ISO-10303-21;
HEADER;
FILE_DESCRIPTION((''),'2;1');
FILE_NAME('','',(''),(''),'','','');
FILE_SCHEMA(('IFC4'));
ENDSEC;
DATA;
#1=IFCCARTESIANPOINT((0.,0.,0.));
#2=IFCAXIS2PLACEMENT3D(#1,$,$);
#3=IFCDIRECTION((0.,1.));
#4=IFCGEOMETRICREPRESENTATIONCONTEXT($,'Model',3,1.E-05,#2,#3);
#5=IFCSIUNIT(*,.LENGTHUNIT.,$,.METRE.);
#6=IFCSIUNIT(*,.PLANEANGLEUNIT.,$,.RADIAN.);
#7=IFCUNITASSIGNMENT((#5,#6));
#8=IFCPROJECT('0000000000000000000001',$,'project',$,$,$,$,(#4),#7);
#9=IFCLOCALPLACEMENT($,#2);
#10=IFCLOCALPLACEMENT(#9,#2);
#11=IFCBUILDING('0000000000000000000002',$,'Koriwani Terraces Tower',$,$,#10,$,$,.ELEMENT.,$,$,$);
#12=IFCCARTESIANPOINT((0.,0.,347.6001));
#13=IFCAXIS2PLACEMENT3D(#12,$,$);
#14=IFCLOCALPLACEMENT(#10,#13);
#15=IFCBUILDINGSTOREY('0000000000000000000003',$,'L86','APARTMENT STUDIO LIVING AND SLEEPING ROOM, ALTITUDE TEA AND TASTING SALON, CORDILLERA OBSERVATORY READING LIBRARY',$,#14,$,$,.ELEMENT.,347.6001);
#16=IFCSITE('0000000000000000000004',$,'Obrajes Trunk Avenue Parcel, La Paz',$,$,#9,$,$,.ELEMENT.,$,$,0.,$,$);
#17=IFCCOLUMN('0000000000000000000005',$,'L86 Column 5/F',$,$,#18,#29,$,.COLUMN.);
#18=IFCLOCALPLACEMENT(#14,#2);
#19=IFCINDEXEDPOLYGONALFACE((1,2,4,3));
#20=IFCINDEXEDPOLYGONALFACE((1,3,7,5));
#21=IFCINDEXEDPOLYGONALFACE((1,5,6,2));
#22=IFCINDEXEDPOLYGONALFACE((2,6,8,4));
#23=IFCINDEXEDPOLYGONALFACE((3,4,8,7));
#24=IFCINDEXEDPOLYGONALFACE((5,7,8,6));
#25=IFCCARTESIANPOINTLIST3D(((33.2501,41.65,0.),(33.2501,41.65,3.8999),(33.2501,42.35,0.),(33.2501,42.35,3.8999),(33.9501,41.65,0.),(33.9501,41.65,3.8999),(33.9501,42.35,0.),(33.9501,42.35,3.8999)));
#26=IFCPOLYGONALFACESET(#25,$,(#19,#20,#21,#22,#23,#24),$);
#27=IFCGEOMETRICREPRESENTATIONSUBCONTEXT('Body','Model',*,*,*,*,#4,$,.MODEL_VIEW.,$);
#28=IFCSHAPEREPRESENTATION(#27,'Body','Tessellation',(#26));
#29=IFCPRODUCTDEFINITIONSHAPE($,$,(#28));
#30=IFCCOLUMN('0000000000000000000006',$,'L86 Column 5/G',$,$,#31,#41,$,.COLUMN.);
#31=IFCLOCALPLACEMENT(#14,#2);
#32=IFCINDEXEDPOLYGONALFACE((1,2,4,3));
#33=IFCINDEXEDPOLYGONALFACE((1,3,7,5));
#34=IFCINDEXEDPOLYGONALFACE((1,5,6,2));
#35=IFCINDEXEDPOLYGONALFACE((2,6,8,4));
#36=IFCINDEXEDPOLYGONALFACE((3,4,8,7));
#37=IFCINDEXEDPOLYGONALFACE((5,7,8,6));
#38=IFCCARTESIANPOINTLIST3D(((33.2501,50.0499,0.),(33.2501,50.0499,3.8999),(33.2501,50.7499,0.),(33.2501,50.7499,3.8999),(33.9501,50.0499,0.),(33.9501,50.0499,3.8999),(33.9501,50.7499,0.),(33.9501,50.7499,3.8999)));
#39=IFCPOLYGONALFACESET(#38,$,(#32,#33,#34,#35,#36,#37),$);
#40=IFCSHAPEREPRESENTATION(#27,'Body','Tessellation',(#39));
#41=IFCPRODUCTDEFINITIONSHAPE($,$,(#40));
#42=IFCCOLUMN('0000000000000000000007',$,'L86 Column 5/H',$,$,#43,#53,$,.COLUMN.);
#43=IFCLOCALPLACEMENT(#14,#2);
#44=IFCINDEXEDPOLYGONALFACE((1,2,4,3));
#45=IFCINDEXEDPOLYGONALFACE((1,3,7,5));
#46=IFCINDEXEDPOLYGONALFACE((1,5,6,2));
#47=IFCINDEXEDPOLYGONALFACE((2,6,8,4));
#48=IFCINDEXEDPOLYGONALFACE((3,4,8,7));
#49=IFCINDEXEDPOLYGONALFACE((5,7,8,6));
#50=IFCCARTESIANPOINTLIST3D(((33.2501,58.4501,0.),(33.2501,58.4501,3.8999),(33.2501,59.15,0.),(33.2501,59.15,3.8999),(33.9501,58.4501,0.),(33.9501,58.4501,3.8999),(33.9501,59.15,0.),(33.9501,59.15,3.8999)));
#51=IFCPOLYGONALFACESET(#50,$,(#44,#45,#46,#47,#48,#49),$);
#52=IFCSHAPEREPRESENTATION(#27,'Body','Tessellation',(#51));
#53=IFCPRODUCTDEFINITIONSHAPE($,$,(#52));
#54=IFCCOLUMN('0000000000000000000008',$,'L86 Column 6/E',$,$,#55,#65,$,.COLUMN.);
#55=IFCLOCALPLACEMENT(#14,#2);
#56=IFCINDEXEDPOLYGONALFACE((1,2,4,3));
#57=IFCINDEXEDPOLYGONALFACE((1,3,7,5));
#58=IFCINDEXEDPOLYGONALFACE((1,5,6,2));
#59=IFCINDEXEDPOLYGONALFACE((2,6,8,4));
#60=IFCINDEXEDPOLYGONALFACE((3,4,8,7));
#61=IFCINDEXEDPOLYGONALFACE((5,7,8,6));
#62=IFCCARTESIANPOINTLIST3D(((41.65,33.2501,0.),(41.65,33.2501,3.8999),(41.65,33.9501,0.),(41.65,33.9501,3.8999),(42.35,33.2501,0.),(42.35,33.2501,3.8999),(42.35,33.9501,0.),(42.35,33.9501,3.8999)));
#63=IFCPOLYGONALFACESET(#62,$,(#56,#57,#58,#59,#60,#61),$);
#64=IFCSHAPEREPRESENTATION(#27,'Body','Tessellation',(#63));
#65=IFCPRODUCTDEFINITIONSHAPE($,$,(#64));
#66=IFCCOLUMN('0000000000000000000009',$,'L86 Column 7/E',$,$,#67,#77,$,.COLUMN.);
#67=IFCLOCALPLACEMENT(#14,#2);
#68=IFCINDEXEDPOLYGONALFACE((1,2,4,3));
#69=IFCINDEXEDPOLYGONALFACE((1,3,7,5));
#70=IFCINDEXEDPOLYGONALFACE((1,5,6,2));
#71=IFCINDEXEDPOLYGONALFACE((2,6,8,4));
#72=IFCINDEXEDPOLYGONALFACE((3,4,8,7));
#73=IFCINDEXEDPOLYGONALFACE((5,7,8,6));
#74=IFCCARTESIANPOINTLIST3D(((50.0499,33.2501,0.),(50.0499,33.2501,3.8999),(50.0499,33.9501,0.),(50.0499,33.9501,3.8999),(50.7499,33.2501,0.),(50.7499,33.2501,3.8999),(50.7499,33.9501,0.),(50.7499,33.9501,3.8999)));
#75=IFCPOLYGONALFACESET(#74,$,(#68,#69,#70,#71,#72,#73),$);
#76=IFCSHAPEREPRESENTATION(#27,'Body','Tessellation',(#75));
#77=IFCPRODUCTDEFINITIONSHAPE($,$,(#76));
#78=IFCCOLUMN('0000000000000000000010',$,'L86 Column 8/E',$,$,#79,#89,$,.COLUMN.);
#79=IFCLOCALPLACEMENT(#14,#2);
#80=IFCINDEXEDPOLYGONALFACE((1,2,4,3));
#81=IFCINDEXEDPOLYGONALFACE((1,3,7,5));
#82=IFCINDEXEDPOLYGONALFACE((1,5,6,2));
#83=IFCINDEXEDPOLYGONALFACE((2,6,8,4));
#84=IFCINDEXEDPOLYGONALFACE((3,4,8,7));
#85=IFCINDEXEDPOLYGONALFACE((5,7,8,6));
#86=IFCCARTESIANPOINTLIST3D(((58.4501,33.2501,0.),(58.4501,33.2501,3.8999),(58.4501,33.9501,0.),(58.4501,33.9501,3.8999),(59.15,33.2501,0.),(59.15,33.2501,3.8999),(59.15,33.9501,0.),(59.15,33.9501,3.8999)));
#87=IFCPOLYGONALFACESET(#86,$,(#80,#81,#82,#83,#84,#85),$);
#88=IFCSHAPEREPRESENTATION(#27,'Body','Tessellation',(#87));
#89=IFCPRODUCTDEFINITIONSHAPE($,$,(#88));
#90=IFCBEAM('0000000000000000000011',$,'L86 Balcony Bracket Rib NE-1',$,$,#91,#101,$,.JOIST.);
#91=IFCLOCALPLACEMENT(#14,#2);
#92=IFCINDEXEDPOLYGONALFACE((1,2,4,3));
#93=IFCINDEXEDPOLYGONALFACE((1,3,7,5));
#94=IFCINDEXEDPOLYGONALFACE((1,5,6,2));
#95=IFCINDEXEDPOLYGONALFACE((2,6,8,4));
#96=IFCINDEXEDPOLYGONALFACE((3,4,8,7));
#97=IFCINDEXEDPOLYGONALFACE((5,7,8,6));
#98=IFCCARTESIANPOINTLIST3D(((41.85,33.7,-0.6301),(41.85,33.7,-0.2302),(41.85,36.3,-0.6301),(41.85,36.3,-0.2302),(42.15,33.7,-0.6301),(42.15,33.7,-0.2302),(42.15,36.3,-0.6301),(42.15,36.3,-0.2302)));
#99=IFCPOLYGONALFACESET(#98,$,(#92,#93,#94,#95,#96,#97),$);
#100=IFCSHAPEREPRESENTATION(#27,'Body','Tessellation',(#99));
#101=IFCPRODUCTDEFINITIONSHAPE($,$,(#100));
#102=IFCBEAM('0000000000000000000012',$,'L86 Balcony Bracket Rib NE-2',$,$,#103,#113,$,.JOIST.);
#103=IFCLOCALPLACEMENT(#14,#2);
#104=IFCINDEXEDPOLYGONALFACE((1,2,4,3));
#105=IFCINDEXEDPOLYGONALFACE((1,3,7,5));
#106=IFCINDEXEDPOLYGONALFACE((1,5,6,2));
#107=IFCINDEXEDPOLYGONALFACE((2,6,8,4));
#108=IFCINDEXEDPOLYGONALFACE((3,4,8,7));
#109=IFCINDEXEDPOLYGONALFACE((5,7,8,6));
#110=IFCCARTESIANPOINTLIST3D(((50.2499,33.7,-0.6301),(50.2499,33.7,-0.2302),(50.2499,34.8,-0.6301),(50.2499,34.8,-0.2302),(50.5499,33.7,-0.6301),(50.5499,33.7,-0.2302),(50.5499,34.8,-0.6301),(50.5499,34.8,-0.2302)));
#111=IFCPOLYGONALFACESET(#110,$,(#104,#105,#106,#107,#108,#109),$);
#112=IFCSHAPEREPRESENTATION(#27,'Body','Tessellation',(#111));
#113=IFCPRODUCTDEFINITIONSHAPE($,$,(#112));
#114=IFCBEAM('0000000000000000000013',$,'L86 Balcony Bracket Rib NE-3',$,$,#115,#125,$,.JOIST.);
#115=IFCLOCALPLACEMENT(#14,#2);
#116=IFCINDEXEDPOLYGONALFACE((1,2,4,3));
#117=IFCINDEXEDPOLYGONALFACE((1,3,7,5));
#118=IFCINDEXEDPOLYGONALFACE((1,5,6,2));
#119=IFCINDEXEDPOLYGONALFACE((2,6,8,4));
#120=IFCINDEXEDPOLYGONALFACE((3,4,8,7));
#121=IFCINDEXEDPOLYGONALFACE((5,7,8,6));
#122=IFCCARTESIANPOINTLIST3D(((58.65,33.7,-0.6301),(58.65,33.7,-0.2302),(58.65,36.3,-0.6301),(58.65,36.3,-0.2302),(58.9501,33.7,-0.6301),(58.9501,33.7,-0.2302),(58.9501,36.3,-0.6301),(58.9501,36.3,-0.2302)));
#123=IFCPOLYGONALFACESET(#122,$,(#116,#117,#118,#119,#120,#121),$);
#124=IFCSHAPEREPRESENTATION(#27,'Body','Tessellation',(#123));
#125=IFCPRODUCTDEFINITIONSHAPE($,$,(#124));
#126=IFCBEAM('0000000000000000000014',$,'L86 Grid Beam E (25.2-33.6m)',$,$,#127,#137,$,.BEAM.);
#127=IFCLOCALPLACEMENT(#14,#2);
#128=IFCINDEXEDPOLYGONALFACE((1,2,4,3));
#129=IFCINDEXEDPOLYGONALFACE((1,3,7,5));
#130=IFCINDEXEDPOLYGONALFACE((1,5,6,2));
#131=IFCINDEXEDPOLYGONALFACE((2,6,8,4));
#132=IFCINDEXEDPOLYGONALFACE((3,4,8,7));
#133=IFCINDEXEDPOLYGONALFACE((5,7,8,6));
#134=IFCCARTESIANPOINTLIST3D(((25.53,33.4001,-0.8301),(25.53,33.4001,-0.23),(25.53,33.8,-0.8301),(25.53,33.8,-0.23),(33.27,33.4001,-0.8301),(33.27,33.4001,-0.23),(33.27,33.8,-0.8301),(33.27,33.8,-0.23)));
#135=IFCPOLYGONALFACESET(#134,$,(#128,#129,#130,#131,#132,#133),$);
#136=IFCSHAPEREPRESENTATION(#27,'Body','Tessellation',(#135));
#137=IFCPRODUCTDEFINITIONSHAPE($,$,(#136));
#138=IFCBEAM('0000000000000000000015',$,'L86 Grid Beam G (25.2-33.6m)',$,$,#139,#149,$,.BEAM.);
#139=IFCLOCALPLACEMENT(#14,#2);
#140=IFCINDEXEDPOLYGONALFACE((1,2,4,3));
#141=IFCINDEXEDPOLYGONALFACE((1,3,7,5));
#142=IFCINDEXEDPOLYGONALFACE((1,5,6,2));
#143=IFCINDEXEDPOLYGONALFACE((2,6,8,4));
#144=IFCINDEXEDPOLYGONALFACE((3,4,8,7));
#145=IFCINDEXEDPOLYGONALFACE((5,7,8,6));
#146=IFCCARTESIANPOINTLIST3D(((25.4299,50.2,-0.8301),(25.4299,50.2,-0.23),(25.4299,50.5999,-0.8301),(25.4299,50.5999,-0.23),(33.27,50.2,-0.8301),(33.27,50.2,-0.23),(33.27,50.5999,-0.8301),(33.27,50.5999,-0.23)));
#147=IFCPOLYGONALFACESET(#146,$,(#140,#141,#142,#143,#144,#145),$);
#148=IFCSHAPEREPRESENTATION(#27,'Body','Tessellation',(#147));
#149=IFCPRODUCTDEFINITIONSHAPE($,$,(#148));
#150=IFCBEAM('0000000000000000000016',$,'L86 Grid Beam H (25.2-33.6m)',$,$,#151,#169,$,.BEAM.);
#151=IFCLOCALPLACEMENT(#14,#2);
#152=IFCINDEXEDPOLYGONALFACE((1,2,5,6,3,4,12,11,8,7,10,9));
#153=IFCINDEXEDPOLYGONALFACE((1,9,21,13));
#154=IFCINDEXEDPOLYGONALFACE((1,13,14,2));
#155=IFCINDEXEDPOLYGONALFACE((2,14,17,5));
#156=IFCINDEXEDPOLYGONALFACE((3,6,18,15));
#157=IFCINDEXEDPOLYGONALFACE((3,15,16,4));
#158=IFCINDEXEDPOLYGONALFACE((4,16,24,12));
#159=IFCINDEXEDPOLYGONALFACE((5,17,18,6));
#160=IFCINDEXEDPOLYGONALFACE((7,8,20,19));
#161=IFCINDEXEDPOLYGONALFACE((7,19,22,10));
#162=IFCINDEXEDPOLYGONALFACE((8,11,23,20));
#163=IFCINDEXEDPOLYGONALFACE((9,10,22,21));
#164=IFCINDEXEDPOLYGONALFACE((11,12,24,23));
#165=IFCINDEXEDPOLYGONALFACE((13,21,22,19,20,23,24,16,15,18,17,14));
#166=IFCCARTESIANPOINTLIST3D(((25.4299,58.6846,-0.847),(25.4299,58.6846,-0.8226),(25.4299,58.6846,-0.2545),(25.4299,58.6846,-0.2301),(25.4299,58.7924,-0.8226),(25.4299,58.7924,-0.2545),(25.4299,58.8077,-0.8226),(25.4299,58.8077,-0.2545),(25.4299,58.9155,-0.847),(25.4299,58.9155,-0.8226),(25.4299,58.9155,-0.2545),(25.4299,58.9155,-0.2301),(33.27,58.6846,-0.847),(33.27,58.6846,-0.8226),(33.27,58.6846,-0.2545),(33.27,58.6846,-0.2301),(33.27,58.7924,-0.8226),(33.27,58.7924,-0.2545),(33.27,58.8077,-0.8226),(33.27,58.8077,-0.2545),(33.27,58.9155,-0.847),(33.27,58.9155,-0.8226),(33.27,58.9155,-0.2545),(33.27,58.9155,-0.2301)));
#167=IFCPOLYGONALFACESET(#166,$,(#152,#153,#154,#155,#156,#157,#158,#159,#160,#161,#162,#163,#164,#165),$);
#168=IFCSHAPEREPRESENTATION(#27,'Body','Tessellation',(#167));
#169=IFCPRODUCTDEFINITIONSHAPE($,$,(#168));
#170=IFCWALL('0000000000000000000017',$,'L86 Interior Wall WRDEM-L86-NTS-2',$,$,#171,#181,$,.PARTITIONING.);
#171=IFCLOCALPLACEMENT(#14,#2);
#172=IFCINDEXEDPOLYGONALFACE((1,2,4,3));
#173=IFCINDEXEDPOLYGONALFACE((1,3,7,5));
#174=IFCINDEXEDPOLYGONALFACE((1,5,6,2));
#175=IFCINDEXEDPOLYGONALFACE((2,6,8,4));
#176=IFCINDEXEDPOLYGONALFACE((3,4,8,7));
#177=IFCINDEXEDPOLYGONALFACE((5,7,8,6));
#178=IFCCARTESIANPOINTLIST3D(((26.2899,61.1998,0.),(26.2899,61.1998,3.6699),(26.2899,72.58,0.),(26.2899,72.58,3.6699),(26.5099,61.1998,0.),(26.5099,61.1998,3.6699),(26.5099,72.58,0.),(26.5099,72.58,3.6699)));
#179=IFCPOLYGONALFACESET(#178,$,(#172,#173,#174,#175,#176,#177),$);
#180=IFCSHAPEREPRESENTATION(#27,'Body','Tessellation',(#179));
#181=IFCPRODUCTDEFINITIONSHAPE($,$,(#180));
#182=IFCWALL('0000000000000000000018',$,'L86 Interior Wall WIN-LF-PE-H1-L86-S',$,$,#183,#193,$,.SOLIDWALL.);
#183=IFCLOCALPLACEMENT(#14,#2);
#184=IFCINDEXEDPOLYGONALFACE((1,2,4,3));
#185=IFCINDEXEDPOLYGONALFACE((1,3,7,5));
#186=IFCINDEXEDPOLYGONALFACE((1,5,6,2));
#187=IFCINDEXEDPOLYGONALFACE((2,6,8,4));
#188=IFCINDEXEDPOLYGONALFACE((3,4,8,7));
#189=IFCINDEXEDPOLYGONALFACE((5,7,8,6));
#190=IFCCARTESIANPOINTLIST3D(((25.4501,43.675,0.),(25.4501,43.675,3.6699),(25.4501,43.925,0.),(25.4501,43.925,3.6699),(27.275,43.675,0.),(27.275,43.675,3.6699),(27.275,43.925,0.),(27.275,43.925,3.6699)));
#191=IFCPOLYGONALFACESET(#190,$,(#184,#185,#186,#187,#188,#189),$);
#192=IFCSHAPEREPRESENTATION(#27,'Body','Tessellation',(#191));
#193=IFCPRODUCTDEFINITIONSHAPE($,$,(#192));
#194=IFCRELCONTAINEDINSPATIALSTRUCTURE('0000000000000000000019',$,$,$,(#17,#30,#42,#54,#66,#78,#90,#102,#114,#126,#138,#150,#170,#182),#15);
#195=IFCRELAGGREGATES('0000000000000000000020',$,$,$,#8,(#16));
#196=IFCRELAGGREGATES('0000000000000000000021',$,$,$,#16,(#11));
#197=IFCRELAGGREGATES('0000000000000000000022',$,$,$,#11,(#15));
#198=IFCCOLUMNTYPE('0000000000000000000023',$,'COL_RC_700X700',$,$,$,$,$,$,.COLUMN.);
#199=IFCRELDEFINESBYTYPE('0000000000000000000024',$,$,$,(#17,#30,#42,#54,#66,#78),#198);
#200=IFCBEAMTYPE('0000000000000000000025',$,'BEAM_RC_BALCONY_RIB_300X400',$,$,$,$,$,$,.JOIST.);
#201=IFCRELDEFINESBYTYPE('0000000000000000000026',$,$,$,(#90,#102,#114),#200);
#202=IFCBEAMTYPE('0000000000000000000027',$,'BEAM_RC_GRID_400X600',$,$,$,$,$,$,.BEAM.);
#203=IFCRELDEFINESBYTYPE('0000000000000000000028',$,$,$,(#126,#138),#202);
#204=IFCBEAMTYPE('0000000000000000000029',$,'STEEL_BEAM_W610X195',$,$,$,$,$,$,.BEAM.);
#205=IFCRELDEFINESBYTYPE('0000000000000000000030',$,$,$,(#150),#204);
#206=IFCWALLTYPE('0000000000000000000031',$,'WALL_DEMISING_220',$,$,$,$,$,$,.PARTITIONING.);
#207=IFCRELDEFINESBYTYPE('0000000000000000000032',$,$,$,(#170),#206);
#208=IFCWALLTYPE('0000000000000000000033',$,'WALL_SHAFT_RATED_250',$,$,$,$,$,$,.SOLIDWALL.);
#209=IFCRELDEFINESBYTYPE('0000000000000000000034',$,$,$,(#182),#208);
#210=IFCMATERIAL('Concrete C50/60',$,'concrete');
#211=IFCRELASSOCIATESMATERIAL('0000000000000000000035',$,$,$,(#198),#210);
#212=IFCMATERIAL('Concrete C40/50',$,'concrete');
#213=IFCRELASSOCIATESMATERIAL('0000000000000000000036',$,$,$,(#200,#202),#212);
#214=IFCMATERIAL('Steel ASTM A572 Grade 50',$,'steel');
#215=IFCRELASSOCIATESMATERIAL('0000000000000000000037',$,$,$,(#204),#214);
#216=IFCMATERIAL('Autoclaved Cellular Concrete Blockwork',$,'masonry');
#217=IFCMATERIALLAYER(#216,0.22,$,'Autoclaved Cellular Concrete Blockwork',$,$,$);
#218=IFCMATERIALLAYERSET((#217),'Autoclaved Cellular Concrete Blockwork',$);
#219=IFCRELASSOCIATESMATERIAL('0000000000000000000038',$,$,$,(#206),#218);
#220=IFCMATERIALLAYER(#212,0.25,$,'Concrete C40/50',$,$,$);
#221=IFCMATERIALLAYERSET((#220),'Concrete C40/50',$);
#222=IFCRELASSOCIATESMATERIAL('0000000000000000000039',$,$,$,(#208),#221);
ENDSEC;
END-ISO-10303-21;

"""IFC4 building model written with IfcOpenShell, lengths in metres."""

from ifc_helpers import new_model, si_unit, direction, frame, frame_2d, origin, origin_2d, place, context, subcontext, project, spatial, rectangle, i_section, extrude, material, layer, layer_set, material_profile, profile_set, type_object, element, save


model = new_model("IFC4")

# Units and contexts
model_context = context("Model", 3, precision=1e-05, world=origin(), true_north=direction((0.0, 1.0)))
body_context = subcontext(model_context, "Body", "Model", "MODEL_VIEW")
ifc_project = project(units=[si_unit("LENGTHUNIT", "METRE"), si_unit("PLANEANGLEUNIT", "RADIAN")], contexts=[model_context])

# Site, building, storey
site_placement = place(None, origin())
site = spatial("IfcSite", under=ifc_project, at=site_placement, Name="Obrajes Trunk Avenue Parcel, La Paz", CompositionType="ELEMENT", RefElevation=0.0)
building_placement = place(site_placement, origin())
building = spatial("IfcBuilding", under=site, at=building_placement, Name="Koriwani Terraces Tower", CompositionType="ELEMENT")
storey_placement = place(building_placement, frame((0.0, 0.0, 347.6001)))
storey = spatial("IfcBuildingStorey", under=building, at=storey_placement, Name="L86", Description="APARTMENT STUDIO LIVING AND SLEEPING ROOM, ALTITUDE TEA AND TASTING SALON, CORDILLERA OBSERVATORY READING LIBRARY", CompositionType="ELEMENT", Elevation=347.6001)

# Columns
ifc_material_1 = material(Name="Concrete C50/60", Category="concrete")
ifc_material_profile_1 = material_profile(ifc_material_1, rectangle(XDim=0.7, YDim=0.7, at=origin_2d()), Name="Concrete C50/60", Category="LoadBearing")
ifc_profile_set_1 = profile_set([ifc_material_profile_1], Name="Concrete C50/60")
column_type = type_object("IfcColumnType", Name="COL_RC_700X700", PredefinedType="COLUMN", material=ifc_profile_set_1)
for number, where, z_axis, x_axis, name in (
    (1, (33.6001, 42.0, 0.0), (0.0, 0.0, 1.0), (1.0, 0.0, 0.0), "L86 Column 5/F"),
    (2, (33.6001, 50.3999, 0.0), (0.0, 0.0, 1.0), (1.0, 0.0, 0.0), "L86 Column 5/G"),
    (3, (33.6001, 58.8, 0.0), (0.0, 0.0, 1.0), (1.0, 0.0, 0.0), "L86 Column 5/H"),
    (4, (42.0, 33.6001, 0.0), (0.0, 0.0, 1.0), (1.0, 0.0, 0.0), "L86 Column 6/E"),
    (5, (50.3999, 33.6001, 0.0), (0.0, 0.0, 1.0), (1.0, 0.0, 0.0), "L86 Column 7/E"),
    (6, (58.8, 33.6001, 0.0), (0.0, 0.0, 1.0), (1.0, 0.0, 0.0), "L86 Column 8/E"),
):
    element("IfcColumn", number, at=place(storey_placement, frame(where, z_axis=z_axis, x_axis=x_axis)), inside=storey, type_object=column_type, Name=name, PredefinedType="COLUMN", context=body_context, shape_type="SweptSolid", body=[
        extrude(rectangle(XDim=0.7, YDim=0.7, at=origin_2d()), origin(), (0.0, 0.0, 1.0), 3.8999),
    ])

# Beams
ifc_material_2 = material(Name="Concrete C40/50", Category="concrete")
ifc_material_profile_2 = material_profile(ifc_material_2, rectangle(XDim=0.3, YDim=0.3999, at=origin_2d()), Name="Concrete C40/50", Category="LoadBearing")
ifc_profile_set_2 = profile_set([ifc_material_profile_2], Name="Concrete C40/50")
beam_type_1 = type_object("IfcBeamType", Name="BEAM_RC_BALCONY_RIB_300X400", PredefinedType="JOIST", material=ifc_profile_set_2)
beam_1_placement = place(storey_placement, frame((42.0, 33.7, -0.4302), z_axis=(0.0, 1.0, 0.0), x_axis=(-1.0, 0.0, 0.0)))
element("IfcBeam", 7, at=beam_1_placement, inside=storey, type_object=beam_type_1, Name="L86 Balcony Bracket Rib NE-1", PredefinedType="JOIST", context=body_context, shape_type="SweptSolid", body=[
    extrude(rectangle(XDim=0.3, YDim=0.3999, at=origin_2d()), origin(), (0.0, 0.0, 1.0), 2.6001),
])
beam_2_placement = place(storey_placement, frame((50.3999, 33.7, -0.4302), z_axis=(0.0, 1.0, 0.0), x_axis=(-1.0, 0.0, 0.0)))
element("IfcBeam", 8, at=beam_2_placement, inside=storey, type_object=beam_type_1, Name="L86 Balcony Bracket Rib NE-2", PredefinedType="JOIST", context=body_context, shape_type="SweptSolid", body=[
    extrude(rectangle(XDim=0.3, YDim=0.3999, at=origin_2d()), origin(), (0.0, 0.0, 1.0), 1.1001),
])
beam_3_placement = place(storey_placement, frame((58.8, 33.7, -0.4302), z_axis=(0.0, 1.0, 0.0), x_axis=(-1.0, 0.0, 0.0)))
element("IfcBeam", 9, at=beam_3_placement, inside=storey, type_object=beam_type_1, Name="L86 Balcony Bracket Rib NE-3", PredefinedType="JOIST", context=body_context, shape_type="SweptSolid", body=[
    extrude(rectangle(XDim=0.3, YDim=0.3999, at=origin_2d()), origin(), (0.0, 0.0, 1.0), 2.6001),
])
ifc_material_profile_3 = material_profile(ifc_material_2, rectangle(XDim=0.3999, YDim=0.6001, at=origin_2d()), Name="Concrete C40/50", Category="LoadBearing")
ifc_profile_set_3 = profile_set([ifc_material_profile_3], Name="Concrete C40/50")
beam_type_2 = type_object("IfcBeamType", Name="BEAM_RC_GRID_400X600", PredefinedType="BEAM", material=ifc_profile_set_3)
beam_4_placement = place(storey_placement, frame((25.53, 33.6001, -0.53), z_axis=(1.0, 0.0, 0.0), x_axis=(0.0, 1.0, 0.0)))
element("IfcBeam", 10, at=beam_4_placement, inside=storey, type_object=beam_type_2, Name="L86 Grid Beam E (25.2-33.6m)", PredefinedType="BEAM", context=body_context, shape_type="SweptSolid", body=[
    extrude(rectangle(XDim=0.3999, YDim=0.6001, at=origin_2d()), origin(), (0.0, 0.0, 1.0), 7.74),
])
beam_5_placement = place(storey_placement, frame((25.4299, 50.3999, -0.53), z_axis=(1.0, 0.0, 0.0), x_axis=(0.0, 1.0, 0.0)))
element("IfcBeam", 11, at=beam_5_placement, inside=storey, type_object=beam_type_2, Name="L86 Grid Beam G (25.2-33.6m)", PredefinedType="BEAM", context=body_context, shape_type="SweptSolid", body=[
    extrude(rectangle(XDim=0.3999, YDim=0.6001, at=origin_2d()), origin(), (0.0, 0.0, 1.0), 7.8401),
])
ifc_material_3 = material(Name="Steel ASTM A572 Grade 50", Category="steel")
ifc_material_profile_4 = material_profile(ifc_material_3, i_section(OverallWidth=0.231, OverallDepth=0.6169, WebThickness=0.0154, FlangeThickness=0.0244, at=origin_2d()), Name="Steel ASTM A572 Grade 50", Category="LoadBearing")
ifc_profile_set_4 = profile_set([ifc_material_profile_4], Name="Steel ASTM A572 Grade 50")
beam_type_3 = type_object("IfcBeamType", Name="STEEL_BEAM_W610X195", PredefinedType="BEAM", material=ifc_profile_set_4)
beam_6_placement = place(storey_placement, frame((25.4299, 58.8, -0.5386), z_axis=(1.0, 0.0, 0.0), x_axis=(0.0, 1.0, 0.0)))
element("IfcBeam", 12, at=beam_6_placement, inside=storey, type_object=beam_type_3, Name="L86 Grid Beam H (25.2-33.6m)", PredefinedType="BEAM", context=body_context, shape_type="SweptSolid", body=[
    extrude(i_section(OverallWidth=0.231, OverallDepth=0.6169, WebThickness=0.0154, FlangeThickness=0.0244, at=origin_2d()), origin(), (0.0, 0.0, 1.0), 7.8401),
])

# Wall
ifc_material_4 = material(Name="Autoclaved Cellular Concrete Blockwork", Category="masonry")
ifc_layer_1 = layer(ifc_material_4, 0.22, Name="Autoclaved Cellular Concrete Blockwork")
ifc_layer_set_1 = layer_set([ifc_layer_1], Name="Autoclaved Cellular Concrete Blockwork")
wall_type_1 = type_object("IfcWallType", Name="WALL_DEMISING_220", PredefinedType="PARTITIONING", material=ifc_layer_set_1)
wall_1_placement = place(storey_placement, frame((26.3999, 61.2, 0.0), z_axis=(0.0, 0.0, 1.0), x_axis=(0.0, 1.0, 0.0)))
element("IfcWall", 13, at=wall_1_placement, inside=storey, type_object=wall_type_1, Name="L86 Interior Wall WRDEM-L86-NTS-2", PredefinedType="PARTITIONING", context=body_context, shape_type="SweptSolid", body=[
    extrude(rectangle(XDim=11.3801, YDim=0.22, at=frame_2d((5.6899, 0.0))), origin(), (0.0, 0.0, 1.0), 3.6699),
])

# Shared definitions
ifc_layer_2 = layer(ifc_material_2, 0.25, Name="Concrete C40/50")
ifc_layer_set_2 = layer_set([ifc_layer_2], Name="Concrete C40/50")
wall_type_2 = type_object("IfcWallType", Name="WALL_SHAFT_RATED_250", PredefinedType="SOLIDWALL", material=ifc_layer_set_2)

# Wall
for number, where, z_axis, x_axis, name in (
    (14, (25.45, 43.8, 0.0), (0.0, 0.0, 1.0), (1.0, 0.0, 0.0), "L86 Interior Wall WIN-LF-PE-H1-L86-S"),
):
    element("IfcWall", number, at=place(storey_placement, frame(where, z_axis=z_axis, x_axis=x_axis)), inside=storey, type_object=wall_type_2, Name=name, PredefinedType="SOLIDWALL", context=body_context, shape_type="SweptSolid", body=[
        extrude(rectangle(XDim=1.825, YDim=0.25, at=frame_2d((0.9126, 0.0))), origin(), (0.0, 0.0, 1.0), 3.6699),
    ])

save(model, "model.ifc")
